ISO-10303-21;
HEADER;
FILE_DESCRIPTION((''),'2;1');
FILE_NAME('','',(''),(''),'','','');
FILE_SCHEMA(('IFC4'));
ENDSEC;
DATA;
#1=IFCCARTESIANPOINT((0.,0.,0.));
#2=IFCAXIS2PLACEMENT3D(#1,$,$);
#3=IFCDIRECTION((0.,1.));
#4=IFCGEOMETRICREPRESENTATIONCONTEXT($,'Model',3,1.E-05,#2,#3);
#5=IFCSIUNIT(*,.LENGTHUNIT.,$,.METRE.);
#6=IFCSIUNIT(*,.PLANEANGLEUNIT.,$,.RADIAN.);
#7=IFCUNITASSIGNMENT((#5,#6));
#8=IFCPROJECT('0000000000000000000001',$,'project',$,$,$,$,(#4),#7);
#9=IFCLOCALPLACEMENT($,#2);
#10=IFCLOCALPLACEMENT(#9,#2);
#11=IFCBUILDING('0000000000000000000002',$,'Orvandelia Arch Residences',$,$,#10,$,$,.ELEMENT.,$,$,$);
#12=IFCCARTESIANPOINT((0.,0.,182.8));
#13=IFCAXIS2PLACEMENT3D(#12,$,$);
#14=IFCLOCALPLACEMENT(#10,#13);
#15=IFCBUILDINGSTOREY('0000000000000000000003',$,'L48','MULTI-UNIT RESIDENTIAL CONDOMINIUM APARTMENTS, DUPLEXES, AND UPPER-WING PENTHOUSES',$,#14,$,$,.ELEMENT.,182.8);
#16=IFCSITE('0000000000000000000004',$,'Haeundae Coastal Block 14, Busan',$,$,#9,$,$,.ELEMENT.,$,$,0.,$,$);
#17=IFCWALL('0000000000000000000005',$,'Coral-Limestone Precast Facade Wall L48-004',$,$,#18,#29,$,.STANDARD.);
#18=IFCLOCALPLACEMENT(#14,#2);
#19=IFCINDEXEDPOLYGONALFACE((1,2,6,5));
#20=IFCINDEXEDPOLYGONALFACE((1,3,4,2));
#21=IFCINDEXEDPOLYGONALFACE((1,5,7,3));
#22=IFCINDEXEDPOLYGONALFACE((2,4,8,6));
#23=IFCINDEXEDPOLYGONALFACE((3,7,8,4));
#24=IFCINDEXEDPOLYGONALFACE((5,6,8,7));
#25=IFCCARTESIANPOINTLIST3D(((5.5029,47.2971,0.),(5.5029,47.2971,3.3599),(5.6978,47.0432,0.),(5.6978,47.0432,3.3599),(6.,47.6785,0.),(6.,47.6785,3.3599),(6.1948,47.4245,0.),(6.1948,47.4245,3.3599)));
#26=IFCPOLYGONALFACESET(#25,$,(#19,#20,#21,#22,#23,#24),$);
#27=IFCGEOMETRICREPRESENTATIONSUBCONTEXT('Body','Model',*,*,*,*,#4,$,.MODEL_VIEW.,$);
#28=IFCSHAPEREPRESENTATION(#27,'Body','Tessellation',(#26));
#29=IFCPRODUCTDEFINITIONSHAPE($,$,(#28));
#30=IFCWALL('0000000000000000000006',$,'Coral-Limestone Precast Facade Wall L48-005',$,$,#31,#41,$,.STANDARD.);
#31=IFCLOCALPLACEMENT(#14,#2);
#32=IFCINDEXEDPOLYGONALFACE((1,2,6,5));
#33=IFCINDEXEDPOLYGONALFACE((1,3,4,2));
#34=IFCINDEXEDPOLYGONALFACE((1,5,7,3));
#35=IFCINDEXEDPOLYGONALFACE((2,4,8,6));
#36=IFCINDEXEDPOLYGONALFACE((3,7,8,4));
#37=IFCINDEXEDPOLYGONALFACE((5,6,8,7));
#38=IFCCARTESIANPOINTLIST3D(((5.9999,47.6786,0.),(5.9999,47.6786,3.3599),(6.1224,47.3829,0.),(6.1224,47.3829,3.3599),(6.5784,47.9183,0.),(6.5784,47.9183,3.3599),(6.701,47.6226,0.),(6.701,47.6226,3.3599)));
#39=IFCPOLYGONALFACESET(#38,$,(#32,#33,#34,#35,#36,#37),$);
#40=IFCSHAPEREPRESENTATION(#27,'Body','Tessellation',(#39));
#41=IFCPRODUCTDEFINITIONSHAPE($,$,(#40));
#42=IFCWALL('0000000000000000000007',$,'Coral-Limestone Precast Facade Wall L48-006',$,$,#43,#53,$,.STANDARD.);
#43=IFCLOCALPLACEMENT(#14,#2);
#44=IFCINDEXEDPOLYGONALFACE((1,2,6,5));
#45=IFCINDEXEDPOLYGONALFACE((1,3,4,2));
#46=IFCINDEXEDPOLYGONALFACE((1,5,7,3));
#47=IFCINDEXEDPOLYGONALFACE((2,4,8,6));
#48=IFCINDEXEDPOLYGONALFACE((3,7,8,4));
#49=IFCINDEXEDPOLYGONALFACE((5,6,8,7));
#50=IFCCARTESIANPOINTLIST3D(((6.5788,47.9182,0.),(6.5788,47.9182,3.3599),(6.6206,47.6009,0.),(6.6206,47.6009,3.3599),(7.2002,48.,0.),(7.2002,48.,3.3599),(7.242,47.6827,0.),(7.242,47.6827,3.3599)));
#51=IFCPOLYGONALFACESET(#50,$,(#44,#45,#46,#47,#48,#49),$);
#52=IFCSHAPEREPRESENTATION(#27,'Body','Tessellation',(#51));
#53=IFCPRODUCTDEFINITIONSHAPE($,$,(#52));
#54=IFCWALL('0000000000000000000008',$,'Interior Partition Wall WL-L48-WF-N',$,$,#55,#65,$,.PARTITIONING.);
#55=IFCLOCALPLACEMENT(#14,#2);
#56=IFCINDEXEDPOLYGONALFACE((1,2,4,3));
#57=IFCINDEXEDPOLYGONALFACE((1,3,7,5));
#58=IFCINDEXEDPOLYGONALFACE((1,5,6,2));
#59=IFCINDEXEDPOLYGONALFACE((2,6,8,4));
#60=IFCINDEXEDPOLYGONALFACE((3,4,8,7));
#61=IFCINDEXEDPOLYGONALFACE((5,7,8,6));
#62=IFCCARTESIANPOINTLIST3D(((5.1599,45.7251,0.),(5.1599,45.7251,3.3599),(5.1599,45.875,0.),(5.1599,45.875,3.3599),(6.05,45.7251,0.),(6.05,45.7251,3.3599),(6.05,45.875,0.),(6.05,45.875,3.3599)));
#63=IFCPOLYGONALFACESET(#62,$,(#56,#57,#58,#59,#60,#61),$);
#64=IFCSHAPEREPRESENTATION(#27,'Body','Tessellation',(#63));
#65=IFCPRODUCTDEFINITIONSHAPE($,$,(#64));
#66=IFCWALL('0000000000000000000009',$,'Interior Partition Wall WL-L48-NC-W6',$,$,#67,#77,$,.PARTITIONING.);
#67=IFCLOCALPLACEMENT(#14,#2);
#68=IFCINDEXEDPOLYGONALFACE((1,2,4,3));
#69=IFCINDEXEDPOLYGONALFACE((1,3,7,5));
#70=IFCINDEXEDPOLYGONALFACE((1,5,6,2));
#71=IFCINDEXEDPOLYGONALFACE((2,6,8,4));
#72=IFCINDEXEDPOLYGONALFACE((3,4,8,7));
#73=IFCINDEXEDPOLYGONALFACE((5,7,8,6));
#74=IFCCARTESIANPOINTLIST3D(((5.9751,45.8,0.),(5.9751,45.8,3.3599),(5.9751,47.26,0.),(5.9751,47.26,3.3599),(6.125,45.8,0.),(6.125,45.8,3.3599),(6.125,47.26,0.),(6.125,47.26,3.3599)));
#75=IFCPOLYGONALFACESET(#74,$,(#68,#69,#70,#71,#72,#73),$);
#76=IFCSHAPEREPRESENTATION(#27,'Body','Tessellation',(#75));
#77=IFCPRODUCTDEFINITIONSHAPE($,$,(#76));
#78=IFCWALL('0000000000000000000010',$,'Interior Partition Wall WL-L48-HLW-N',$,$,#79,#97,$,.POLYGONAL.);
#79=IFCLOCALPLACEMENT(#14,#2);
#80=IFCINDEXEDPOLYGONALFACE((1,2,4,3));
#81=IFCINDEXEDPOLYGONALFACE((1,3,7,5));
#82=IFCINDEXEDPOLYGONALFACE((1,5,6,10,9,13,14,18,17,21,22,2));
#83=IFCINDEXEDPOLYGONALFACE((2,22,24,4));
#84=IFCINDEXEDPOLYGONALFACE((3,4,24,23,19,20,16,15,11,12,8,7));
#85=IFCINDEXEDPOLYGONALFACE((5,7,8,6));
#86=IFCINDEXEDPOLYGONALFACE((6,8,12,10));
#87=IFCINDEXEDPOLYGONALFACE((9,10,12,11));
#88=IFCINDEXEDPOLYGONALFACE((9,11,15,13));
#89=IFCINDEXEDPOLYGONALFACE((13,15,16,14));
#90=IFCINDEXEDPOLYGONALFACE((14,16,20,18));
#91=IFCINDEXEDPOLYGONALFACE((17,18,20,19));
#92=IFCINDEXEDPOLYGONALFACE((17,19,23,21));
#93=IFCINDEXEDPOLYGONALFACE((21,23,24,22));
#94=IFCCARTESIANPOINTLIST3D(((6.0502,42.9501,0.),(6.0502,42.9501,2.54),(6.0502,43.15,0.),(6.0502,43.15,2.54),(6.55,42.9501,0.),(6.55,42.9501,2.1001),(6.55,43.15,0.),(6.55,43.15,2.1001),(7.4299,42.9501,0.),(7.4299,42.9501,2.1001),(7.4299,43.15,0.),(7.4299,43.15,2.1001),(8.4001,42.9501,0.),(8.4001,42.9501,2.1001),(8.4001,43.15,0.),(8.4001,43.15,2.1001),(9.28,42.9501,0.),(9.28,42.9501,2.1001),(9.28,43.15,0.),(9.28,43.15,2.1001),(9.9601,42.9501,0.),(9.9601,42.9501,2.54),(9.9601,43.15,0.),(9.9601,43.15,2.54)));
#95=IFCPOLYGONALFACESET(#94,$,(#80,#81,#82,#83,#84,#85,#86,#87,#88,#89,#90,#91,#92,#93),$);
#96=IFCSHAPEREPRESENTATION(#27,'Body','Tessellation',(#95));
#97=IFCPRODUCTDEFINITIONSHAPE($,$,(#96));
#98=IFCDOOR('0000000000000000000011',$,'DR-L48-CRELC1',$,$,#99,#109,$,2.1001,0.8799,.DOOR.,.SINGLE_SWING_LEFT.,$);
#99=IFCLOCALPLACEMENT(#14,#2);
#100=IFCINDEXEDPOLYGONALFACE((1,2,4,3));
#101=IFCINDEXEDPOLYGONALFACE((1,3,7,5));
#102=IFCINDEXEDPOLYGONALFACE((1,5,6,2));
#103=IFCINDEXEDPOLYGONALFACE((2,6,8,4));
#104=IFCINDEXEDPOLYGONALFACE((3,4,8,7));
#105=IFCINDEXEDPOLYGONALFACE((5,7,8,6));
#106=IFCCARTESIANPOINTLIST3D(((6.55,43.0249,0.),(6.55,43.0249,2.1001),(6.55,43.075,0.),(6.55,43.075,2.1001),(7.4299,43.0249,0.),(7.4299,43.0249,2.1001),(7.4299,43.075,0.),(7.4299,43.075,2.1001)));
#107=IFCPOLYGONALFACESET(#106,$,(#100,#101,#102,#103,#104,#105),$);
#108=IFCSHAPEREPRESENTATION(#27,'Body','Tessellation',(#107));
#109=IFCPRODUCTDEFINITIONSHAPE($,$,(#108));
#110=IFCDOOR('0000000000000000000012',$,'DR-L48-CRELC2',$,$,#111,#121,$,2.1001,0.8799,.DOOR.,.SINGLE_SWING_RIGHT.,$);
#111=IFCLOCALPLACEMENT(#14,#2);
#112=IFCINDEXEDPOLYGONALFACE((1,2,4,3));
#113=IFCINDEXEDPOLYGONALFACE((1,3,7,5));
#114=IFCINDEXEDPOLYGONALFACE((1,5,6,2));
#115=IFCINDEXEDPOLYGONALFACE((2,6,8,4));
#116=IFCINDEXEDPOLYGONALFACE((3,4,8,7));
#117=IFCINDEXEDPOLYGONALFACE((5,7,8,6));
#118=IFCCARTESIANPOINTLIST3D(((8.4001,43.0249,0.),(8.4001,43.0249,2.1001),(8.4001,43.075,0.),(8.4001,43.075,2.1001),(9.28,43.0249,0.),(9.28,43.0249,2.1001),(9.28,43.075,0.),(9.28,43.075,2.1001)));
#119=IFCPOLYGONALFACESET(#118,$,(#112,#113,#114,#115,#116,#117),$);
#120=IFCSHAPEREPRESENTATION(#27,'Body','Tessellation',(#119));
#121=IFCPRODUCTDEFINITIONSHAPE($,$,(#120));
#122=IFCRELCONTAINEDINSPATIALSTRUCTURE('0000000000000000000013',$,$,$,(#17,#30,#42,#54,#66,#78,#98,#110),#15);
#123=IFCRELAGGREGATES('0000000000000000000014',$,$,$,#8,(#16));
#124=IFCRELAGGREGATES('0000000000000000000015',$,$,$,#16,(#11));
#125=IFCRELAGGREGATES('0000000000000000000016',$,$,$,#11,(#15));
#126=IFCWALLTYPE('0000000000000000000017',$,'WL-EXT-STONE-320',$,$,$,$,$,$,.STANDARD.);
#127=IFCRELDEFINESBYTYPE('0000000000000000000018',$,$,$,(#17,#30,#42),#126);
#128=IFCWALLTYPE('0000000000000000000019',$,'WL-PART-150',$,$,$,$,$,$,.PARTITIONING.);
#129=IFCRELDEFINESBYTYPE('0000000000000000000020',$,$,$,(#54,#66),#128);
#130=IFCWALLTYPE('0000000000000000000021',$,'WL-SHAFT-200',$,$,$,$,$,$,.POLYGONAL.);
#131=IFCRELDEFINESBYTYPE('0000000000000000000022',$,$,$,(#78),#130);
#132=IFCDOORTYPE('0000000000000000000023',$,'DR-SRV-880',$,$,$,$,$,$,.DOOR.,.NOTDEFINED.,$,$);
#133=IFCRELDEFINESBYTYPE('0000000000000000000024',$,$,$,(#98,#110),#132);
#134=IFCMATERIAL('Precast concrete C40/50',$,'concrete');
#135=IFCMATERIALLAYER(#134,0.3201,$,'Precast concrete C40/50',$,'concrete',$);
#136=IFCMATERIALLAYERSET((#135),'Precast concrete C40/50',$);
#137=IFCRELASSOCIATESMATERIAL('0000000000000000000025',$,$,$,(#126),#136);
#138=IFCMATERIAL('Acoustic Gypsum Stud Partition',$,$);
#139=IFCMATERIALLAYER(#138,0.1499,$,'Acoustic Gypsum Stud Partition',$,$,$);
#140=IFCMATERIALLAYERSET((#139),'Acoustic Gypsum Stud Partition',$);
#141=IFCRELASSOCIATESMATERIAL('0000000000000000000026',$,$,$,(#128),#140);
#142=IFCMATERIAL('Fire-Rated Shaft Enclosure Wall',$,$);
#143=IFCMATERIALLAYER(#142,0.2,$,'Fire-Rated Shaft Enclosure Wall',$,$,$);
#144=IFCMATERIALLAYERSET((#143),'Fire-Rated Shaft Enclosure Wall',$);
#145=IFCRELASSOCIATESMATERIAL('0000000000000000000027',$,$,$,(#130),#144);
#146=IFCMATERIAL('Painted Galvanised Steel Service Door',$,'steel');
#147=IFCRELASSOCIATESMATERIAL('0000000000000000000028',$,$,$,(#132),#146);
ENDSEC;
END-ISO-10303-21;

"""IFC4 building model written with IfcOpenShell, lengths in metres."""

from ifc_helpers import new_model, si_unit, direction, frame, frame_2d, origin, place, context, subcontext, project, spatial, rectangle, extrude, material, layer, layer_set, type_object, element, fill, save


model = new_model("IFC4")

# Units and contexts
model_context = context("Model", 3, precision=1e-05, world=origin(), true_north=direction((0.0, 1.0)))
body_context = subcontext(model_context, "Body", "Model", "MODEL_VIEW")
ifc_project = project(units=[si_unit("LENGTHUNIT", "METRE"), si_unit("PLANEANGLEUNIT", "RADIAN")], contexts=[model_context])

# Site, building, storey
site_placement = place(None, origin())
site = spatial("IfcSite", under=ifc_project, at=site_placement, Name="Haeundae Coastal Block 14, Busan", CompositionType="ELEMENT", RefElevation=0.0)
building_placement = place(site_placement, origin())
building = spatial("IfcBuilding", under=site, at=building_placement, Name="Orvandelia Arch Residences", CompositionType="ELEMENT")
storey_placement = place(building_placement, frame((0.0, 0.0, 182.8)))
storey = spatial("IfcBuildingStorey", under=building, at=storey_placement, Name="L48", Description="MULTI-UNIT RESIDENTIAL CONDOMINIUM APARTMENTS, DUPLEXES, AND UPPER-WING PENTHOUSES", CompositionType="ELEMENT", Elevation=182.8)

# Walls
ifc_material_1 = material(Name="Precast concrete C40/50", Category="concrete")
ifc_layer_1 = layer(ifc_material_1, 0.3201, Name="Precast concrete C40/50", Category="concrete")
ifc_layer_set_1 = layer_set([ifc_layer_1], Name="Precast concrete C40/50")
wall_type_1 = type_object("IfcWallType", Name="WL-EXT-STONE-320", PredefinedType="STANDARD", material=ifc_layer_set_1)
wall_1_placement = place(storey_placement, frame((5.6003, 47.1702, 0.0), z_axis=(0.0, 0.0, 1.0), x_axis=(0.793406, 0.608693, 0.0)))
element("IfcWall", 1, at=wall_1_placement, inside=storey, type_object=wall_type_1, Name="Coral-Limestone Precast Facade Wall L48-004", PredefinedType="STANDARD", context=body_context, shape_type="SweptSolid", body=[
    extrude(rectangle(XDim=0.6265, YDim=0.3201, at=frame_2d((0.3132, 0.0))), origin(), (0.0, 0.0, 1.0), 3.3599),
])
wall_2_placement = place(storey_placement, frame((6.0613, 47.5308, 0.0), z_axis=(0.0, 0.0, 1.0), x_axis=(0.923836, 0.382788, 0.0)))
element("IfcWall", 2, at=wall_2_placement, inside=storey, type_object=wall_type_1, Name="Coral-Limestone Precast Facade Wall L48-005", PredefinedType="STANDARD", context=body_context, shape_type="SweptSolid", body=[
    extrude(rectangle(XDim=0.6262, YDim=0.3201, at=frame_2d((0.313, 0.0))), origin(), (0.0, 0.0, 1.0), 3.3599),
])
wall_3_placement = place(storey_placement, frame((6.5996, 47.7595, 0.0), z_axis=(0.0, 0.0, 1.0), x_axis=(0.991448, 0.130505, 0.0)))
element("IfcWall", 3, at=wall_3_placement, inside=storey, type_object=wall_type_1, Name="Coral-Limestone Precast Facade Wall L48-006", PredefinedType="STANDARD", context=body_context, shape_type="SweptSolid", body=[
    extrude(rectangle(XDim=0.6267, YDim=0.3201, at=frame_2d((0.3135, 0.0))), origin(), (0.0, 0.0, 1.0), 3.3599),
])
ifc_material_2 = material(Name="Acoustic Gypsum Stud Partition")
ifc_layer_2 = layer(ifc_material_2, 0.1499, Name="Acoustic Gypsum Stud Partition")
ifc_layer_set_2 = layer_set([ifc_layer_2], Name="Acoustic Gypsum Stud Partition")
wall_type_2 = type_object("IfcWallType", Name="WL-PART-150", PredefinedType="PARTITIONING", material=ifc_layer_set_2)
wall_4_placement = place(storey_placement, frame((5.1599, 45.8, 0.0), z_axis=(0.0, 0.0, 1.0), x_axis=(1.0, 0.0, 0.0)))
element("IfcWall", 4, at=wall_4_placement, inside=storey, type_object=wall_type_2, Name="Interior Partition Wall WL-L48-WF-N", PredefinedType="PARTITIONING", context=body_context, shape_type="SweptSolid", body=[
    extrude(rectangle(XDim=0.8901, YDim=0.1499, at=frame_2d((0.4451, 0.0))), origin(), (0.0, 0.0, 1.0), 3.3599),
])
wall_5_placement = place(storey_placement, frame((6.05, 45.8, 0.0), z_axis=(0.0, 0.0, 1.0), x_axis=(0.0, 1.0, 0.0)))
element("IfcWall", 5, at=wall_5_placement, inside=storey, type_object=wall_type_2, Name="Interior Partition Wall WL-L48-NC-W6", PredefinedType="PARTITIONING", context=body_context, shape_type="SweptSolid", body=[
    extrude(rectangle(XDim=1.46, YDim=0.1499, at=frame_2d((0.73, 0.0))), origin(), (0.0, 0.0, 1.0), 3.3599),
])

# Wall, openings, doors
ifc_material_3 = material(Name="Fire-Rated Shaft Enclosure Wall")
ifc_layer_3 = layer(ifc_material_3, 0.2, Name="Fire-Rated Shaft Enclosure Wall")
ifc_layer_set_3 = layer_set([ifc_layer_3], Name="Fire-Rated Shaft Enclosure Wall")
wall_type_3 = type_object("IfcWallType", Name="WL-SHAFT-200", PredefinedType="POLYGONAL", material=ifc_layer_set_3)
wall_6_placement = place(storey_placement, frame((6.05, 43.05, 0.0), z_axis=(0.0, 0.0, 1.0), x_axis=(1.0, 0.0, 0.0)))
wall_6 = element("IfcWall", 6, at=wall_6_placement, inside=storey, type_object=wall_type_3, Name="Interior Partition Wall WL-L48-HLW-N", PredefinedType="POLYGONAL", context=body_context, shape_type="SweptSolid", body=[
    extrude(rectangle(XDim=3.9099, YDim=0.2, at=frame_2d((1.9551, 0.0))), origin(), (0.0, 0.0, 1.0), 2.54),
])
opening_1_placement = place(wall_6_placement, frame((0.5, 0.0, 0.0)))
opening_1 = element("IfcOpeningElement", 7, at=opening_1_placement, cuts=wall_6, PredefinedType="OPENING", context=body_context, shape_type="SweptSolid", body=[
    extrude(rectangle(XDim=0.8799, YDim=2.1001, at=frame_2d((0.4399, 1.05))), frame((0.0, 0.1099, 0.0), z_axis=(0.0, -1.0, 0.0), x_axis=(1.0, 0.0, 0.0)), (0.0, 0.0, 1.0), 0.22),
])
opening_2_placement = place(wall_6_placement, frame((2.3501, 0.0, 0.0)))
opening_2 = element("IfcOpeningElement", 8, at=opening_2_placement, cuts=wall_6, PredefinedType="OPENING", context=body_context, shape_type="SweptSolid", body=[
    extrude(rectangle(XDim=0.8799, YDim=2.1001, at=frame_2d((0.4399, 1.05))), frame((0.0, 0.1099, 0.0), z_axis=(0.0, -1.0, 0.0), x_axis=(1.0, 0.0, 0.0)), (0.0, 0.0, 1.0), 0.22),
])
ifc_material_4 = material(Name="Painted Galvanised Steel Service Door", Category="steel")
door_type = type_object("IfcDoorType", Name="DR-SRV-880", OperationType="NOTDEFINED", PredefinedType="DOOR", material=ifc_material_4)
door_1_placement = place(opening_1_placement, origin())
door_1 = element("IfcDoor", 9, at=door_1_placement, inside=storey, type_object=door_type, Name="DR-L48-CRELC1", OperationType="SINGLE_SWING_LEFT", OverallHeight=2.1001, OverallWidth=0.8799, PredefinedType="DOOR", context=body_context, shape_type="SweptSolid", body=[
    extrude(rectangle(XDim=0.8799, YDim=2.1001, at=frame_2d((0.4399, 1.05))), frame((0.0, 0.0249, 0.0), z_axis=(0.0, -1.0, 0.0), x_axis=(1.0, 0.0, 0.0)), (0.0, 0.0, 1.0), 0.05),
])
fill(opening_1, door_1)
door_2_placement = place(opening_2_placement, origin())
door_2 = element("IfcDoor", 10, at=door_2_placement, inside=storey, type_object=door_type, Name="DR-L48-CRELC2", OperationType="SINGLE_SWING_RIGHT", OverallHeight=2.1001, OverallWidth=0.8799, PredefinedType="DOOR", context=body_context, shape_type="SweptSolid", body=[
    extrude(rectangle(XDim=0.8799, YDim=2.1001, at=frame_2d((0.4399, 1.05))), frame((0.0, 0.0249, 0.0), z_axis=(0.0, -1.0, 0.0), x_axis=(1.0, 0.0, 0.0)), (0.0, 0.0, 1.0), 0.05),
])
fill(opening_2, door_2)

save(model, "model.ifc")
